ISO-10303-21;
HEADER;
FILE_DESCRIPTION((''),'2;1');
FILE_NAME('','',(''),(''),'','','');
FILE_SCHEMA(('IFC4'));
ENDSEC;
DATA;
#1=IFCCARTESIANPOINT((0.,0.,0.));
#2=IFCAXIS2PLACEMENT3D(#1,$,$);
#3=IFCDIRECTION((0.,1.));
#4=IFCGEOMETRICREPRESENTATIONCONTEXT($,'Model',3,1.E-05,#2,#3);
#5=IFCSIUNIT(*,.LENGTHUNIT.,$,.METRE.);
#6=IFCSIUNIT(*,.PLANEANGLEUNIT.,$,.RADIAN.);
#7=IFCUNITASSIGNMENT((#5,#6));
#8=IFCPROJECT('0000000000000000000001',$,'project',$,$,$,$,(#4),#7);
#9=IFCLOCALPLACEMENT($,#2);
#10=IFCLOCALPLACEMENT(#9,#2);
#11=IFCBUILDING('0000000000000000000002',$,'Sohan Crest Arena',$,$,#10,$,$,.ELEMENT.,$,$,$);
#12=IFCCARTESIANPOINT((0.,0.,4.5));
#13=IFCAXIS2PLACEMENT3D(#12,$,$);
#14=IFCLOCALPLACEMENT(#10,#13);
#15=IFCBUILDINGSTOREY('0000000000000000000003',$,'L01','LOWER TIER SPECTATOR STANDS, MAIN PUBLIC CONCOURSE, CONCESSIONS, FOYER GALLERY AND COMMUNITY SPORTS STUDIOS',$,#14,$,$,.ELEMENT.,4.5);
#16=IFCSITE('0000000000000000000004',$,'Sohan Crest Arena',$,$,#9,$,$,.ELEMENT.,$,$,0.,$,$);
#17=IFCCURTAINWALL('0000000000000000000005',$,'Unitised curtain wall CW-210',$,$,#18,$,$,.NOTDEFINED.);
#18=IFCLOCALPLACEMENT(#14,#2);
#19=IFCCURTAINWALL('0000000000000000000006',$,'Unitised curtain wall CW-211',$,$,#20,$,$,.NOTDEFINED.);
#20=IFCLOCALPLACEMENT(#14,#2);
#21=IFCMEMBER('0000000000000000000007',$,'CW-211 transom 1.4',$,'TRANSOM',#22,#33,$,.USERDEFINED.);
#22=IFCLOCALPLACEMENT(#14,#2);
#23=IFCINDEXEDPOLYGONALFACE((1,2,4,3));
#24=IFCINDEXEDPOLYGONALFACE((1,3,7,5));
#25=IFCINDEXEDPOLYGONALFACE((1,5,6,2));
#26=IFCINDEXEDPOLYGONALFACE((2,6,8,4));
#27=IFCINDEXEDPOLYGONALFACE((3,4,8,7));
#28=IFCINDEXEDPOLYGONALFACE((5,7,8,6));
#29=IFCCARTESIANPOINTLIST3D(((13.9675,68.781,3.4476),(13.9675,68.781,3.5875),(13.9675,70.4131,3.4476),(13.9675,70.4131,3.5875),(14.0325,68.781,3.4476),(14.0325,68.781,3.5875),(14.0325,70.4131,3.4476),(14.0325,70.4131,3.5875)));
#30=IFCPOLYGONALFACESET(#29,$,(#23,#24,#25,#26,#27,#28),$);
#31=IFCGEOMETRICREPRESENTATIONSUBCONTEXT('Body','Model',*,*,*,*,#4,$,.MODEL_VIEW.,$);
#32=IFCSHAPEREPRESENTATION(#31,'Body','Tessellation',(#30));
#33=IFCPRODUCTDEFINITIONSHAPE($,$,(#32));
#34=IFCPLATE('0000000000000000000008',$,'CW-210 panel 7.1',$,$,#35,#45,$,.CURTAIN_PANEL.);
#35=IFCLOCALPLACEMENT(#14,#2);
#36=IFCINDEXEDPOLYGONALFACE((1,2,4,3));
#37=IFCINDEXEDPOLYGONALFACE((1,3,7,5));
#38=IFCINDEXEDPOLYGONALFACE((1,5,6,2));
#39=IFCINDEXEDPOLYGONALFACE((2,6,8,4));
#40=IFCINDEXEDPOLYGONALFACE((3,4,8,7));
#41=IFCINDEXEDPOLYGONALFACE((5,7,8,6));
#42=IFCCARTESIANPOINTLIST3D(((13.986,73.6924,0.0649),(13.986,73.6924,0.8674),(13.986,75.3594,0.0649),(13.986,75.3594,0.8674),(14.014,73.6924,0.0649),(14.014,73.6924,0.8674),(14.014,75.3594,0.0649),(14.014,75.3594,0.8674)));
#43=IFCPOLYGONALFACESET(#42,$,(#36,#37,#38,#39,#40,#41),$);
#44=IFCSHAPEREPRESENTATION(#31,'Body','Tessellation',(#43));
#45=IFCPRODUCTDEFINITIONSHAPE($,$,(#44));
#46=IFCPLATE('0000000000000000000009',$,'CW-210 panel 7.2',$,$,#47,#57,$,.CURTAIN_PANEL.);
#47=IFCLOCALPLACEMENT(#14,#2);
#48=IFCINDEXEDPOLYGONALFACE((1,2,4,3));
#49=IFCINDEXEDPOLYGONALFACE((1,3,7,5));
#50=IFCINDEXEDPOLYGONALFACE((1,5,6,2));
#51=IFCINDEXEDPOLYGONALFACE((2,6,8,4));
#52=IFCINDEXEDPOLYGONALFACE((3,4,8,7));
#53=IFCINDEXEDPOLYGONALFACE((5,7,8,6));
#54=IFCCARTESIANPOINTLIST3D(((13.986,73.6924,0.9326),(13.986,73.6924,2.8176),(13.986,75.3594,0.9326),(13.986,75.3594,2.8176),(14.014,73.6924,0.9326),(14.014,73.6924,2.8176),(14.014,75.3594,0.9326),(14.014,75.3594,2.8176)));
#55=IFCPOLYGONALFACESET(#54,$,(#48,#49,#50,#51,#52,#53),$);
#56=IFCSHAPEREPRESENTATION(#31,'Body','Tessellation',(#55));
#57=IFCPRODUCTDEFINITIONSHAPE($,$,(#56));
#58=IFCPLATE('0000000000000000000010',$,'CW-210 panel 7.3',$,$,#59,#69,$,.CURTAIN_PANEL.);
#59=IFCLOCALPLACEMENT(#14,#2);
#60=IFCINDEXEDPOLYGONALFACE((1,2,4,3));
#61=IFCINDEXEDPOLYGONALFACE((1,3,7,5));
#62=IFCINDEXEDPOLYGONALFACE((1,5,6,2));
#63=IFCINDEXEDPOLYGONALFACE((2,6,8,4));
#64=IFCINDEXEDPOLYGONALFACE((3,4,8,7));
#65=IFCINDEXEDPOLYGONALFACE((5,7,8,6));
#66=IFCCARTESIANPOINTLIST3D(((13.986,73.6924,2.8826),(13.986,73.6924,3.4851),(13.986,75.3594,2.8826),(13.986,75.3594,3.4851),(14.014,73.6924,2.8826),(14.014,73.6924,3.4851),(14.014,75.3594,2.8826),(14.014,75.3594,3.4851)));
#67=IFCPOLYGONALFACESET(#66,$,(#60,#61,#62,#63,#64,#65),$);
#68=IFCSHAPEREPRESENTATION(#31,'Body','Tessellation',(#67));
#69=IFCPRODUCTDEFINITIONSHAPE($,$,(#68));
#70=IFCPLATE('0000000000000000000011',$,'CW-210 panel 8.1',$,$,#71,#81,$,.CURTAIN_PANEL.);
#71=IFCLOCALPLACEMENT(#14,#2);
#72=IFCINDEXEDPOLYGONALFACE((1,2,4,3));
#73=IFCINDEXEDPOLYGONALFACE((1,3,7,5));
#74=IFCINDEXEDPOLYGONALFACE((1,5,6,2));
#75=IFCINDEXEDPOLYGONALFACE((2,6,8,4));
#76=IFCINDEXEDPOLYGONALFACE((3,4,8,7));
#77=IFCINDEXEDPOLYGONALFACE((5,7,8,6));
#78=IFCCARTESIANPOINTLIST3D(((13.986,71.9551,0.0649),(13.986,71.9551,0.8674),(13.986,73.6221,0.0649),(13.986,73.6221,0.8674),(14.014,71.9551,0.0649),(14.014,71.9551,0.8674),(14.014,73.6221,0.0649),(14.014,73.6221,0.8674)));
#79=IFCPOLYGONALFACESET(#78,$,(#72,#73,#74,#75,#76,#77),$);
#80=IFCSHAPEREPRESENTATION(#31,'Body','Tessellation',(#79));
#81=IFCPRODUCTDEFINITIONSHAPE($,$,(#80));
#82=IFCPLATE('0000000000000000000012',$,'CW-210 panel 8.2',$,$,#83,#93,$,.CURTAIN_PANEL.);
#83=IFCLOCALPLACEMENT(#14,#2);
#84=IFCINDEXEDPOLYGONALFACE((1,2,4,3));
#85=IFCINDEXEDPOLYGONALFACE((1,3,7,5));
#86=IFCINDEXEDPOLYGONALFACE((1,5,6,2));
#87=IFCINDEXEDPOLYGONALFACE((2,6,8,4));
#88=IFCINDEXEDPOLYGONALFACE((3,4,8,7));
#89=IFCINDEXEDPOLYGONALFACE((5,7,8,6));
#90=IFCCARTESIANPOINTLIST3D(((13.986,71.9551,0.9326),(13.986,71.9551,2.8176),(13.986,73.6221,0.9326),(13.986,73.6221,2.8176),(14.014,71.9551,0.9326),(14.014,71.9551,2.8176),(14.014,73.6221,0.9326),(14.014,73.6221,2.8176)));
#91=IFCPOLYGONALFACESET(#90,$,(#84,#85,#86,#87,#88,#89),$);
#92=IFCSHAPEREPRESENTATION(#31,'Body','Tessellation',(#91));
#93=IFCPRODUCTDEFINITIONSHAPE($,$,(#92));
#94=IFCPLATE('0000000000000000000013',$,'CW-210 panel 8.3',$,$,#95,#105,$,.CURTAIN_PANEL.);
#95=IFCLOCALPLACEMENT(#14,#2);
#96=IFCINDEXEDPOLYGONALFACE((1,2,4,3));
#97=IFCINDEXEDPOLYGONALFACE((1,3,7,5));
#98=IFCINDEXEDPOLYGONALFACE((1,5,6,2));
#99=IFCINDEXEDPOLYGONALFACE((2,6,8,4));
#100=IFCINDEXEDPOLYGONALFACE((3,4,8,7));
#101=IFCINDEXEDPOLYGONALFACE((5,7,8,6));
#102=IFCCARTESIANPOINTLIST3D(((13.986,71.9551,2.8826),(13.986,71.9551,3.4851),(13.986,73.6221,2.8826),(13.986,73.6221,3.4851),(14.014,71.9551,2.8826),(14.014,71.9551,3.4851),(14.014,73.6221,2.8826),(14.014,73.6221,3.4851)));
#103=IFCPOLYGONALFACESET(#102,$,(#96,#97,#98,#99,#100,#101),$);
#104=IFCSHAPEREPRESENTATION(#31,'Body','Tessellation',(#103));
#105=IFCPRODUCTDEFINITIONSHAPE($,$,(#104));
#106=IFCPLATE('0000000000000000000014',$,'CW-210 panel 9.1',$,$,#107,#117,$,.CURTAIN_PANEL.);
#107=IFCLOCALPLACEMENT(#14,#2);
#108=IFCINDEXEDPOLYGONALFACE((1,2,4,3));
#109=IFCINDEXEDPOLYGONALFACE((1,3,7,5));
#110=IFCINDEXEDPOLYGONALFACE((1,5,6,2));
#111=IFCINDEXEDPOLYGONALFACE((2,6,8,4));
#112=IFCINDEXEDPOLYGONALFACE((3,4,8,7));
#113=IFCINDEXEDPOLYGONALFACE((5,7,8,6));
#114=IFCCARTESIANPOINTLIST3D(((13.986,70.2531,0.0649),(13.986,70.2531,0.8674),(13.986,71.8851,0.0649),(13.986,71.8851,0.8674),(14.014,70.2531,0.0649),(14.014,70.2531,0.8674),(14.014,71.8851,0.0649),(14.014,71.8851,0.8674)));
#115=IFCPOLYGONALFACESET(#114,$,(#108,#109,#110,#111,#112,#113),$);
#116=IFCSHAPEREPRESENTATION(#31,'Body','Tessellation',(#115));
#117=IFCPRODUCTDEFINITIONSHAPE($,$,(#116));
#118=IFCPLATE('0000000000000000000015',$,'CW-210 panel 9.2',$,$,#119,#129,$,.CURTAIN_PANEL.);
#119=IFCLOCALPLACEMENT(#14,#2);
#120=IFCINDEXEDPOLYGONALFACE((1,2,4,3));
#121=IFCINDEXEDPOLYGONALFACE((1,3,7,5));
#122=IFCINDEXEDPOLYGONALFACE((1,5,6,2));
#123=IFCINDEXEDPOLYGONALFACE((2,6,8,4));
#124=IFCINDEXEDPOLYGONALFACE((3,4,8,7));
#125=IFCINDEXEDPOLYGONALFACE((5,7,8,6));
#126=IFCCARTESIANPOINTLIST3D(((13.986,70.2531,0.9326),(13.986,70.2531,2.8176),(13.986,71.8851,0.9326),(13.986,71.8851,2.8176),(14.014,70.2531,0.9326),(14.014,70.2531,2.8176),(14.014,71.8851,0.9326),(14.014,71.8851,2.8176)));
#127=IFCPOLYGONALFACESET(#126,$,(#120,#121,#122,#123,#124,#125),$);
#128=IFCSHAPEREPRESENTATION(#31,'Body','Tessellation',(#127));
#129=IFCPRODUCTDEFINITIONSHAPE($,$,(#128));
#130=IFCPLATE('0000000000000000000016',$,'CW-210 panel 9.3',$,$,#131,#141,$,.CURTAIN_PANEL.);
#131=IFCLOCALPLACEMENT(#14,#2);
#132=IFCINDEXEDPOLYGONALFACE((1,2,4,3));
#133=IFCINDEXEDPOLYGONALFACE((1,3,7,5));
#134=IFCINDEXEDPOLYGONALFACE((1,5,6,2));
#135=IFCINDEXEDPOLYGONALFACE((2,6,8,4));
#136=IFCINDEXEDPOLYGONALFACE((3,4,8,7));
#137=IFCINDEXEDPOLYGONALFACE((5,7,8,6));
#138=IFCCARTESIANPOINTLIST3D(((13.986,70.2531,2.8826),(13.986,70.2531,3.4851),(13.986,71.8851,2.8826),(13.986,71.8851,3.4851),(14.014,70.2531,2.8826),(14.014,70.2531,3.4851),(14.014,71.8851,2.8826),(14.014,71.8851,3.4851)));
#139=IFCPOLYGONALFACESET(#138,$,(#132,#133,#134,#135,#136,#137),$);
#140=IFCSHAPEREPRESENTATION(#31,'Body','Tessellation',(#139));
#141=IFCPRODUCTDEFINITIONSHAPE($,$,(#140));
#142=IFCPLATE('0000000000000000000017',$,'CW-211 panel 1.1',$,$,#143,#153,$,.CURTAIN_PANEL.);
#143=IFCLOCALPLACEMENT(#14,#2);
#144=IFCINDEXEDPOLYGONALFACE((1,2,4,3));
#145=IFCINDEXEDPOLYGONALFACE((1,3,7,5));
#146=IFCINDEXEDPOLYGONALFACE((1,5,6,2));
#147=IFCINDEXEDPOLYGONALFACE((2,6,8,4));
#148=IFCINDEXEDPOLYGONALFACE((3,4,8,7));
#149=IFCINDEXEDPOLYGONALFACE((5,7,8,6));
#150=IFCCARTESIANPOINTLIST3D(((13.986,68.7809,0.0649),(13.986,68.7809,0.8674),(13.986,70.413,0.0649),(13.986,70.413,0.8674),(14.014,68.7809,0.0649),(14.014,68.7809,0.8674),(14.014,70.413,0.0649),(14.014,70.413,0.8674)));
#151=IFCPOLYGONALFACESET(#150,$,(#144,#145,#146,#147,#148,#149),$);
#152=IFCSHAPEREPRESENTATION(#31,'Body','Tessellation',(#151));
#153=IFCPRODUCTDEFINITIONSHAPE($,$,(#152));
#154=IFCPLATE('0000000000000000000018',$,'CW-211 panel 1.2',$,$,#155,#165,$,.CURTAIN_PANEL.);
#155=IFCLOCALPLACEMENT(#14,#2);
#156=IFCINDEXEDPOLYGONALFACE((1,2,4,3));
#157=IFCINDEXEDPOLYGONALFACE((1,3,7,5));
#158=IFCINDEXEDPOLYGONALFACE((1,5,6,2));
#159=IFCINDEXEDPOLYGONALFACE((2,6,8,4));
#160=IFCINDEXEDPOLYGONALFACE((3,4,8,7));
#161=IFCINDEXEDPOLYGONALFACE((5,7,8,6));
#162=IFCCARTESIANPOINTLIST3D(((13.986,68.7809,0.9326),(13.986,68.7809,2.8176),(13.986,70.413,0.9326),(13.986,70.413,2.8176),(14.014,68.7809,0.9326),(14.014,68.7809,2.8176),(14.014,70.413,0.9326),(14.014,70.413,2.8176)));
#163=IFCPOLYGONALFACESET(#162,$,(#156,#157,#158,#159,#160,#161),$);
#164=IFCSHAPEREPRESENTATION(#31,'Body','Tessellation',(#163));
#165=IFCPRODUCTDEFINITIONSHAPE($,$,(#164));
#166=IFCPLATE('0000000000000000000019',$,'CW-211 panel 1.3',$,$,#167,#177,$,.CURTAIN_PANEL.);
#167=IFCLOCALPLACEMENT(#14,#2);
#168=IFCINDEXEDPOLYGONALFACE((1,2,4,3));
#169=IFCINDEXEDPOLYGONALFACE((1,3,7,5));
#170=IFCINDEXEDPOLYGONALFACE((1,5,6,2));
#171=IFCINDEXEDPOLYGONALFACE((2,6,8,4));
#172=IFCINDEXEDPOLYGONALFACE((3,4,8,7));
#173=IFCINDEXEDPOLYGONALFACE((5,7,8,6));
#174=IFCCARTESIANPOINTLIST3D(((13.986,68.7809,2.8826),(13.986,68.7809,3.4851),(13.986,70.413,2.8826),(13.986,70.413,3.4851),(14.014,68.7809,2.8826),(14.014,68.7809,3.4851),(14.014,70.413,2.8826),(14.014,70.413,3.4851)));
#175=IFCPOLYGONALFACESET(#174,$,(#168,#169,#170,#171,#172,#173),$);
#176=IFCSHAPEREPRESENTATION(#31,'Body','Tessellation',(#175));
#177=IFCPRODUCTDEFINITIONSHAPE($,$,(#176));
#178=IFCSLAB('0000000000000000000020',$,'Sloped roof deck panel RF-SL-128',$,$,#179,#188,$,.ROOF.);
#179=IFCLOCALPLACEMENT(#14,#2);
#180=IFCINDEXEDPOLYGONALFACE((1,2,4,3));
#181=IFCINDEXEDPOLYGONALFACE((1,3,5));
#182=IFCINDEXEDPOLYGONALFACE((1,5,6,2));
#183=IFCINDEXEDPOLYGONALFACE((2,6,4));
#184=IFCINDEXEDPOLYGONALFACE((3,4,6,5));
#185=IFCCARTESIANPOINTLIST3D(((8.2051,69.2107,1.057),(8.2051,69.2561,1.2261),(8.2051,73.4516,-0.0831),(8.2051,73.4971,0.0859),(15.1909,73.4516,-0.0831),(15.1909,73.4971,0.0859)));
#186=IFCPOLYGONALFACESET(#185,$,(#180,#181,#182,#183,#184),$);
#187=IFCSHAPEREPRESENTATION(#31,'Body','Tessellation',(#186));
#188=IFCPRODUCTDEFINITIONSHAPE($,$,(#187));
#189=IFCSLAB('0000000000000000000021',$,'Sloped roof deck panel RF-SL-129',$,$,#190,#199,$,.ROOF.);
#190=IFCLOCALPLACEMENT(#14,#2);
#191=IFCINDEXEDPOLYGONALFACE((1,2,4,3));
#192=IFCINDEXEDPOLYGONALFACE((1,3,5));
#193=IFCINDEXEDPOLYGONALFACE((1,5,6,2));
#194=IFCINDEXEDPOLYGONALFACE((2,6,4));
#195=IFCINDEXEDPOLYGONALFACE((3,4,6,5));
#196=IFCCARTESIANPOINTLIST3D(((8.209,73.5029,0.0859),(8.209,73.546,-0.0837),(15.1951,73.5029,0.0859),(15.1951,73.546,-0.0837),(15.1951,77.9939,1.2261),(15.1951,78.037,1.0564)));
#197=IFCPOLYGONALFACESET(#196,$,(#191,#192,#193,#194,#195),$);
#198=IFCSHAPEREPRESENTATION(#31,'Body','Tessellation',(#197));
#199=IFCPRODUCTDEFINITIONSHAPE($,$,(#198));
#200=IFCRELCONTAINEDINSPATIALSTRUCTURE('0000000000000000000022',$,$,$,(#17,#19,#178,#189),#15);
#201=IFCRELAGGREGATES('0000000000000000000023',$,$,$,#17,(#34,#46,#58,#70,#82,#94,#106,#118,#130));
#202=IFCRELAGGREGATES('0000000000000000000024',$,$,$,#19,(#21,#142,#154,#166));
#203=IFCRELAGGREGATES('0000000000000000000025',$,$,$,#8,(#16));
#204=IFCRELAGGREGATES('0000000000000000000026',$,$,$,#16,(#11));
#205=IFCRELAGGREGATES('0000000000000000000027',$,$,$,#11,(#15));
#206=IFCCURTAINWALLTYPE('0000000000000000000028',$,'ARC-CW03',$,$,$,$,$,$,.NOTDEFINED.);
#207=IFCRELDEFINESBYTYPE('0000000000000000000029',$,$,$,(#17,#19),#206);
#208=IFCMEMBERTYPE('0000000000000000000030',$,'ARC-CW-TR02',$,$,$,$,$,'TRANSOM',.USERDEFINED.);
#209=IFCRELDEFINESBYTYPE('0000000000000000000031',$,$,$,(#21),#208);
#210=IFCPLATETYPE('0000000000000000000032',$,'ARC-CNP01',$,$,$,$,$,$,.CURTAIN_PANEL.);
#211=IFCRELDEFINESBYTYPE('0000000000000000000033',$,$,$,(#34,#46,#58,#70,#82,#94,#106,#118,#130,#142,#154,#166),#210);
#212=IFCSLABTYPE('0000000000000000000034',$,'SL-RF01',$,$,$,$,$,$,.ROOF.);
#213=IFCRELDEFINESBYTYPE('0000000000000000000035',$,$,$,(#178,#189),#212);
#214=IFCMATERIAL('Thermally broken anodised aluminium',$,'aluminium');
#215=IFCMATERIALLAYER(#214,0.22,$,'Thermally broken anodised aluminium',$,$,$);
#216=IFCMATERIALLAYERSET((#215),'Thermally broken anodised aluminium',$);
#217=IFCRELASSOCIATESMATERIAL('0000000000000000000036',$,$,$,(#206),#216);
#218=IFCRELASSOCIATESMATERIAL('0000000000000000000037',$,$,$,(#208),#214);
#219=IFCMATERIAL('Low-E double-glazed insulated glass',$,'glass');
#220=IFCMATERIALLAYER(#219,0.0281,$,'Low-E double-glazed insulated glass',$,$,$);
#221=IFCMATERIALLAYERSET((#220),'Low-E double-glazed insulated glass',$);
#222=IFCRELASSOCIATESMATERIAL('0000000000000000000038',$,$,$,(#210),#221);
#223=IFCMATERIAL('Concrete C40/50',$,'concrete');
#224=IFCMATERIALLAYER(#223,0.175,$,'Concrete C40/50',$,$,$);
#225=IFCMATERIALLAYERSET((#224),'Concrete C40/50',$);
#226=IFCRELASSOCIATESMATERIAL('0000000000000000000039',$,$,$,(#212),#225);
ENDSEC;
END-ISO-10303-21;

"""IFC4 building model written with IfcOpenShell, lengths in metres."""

from ifc_helpers import new_model, si_unit, direction, frame, origin, origin_2d, place, context, subcontext, project, spatial, polyline, rectangle, outline, extrude, material, layer, layer_set, material_profile, profile_set, type_object, element, aggregate, save


model = new_model("IFC4")

# Units and contexts
model_context = context("Model", 3, precision=1e-05, world=origin(), true_north=direction((0.0, 1.0)))
body_context = subcontext(model_context, "Body", "Model", "MODEL_VIEW")
ifc_project = project(units=[si_unit("LENGTHUNIT", "METRE"), si_unit("PLANEANGLEUNIT", "RADIAN")], contexts=[model_context])

# Site, building, storey
site_placement = place(None, origin())
site = spatial("IfcSite", under=ifc_project, at=site_placement, Name="Sohan Crest Arena", CompositionType="ELEMENT", RefElevation=0.0)
building_placement = place(site_placement, origin())
building = spatial("IfcBuilding", under=site, at=building_placement, Name="Sohan Crest Arena", CompositionType="ELEMENT")
storey_placement = place(building_placement, frame((0.0, 0.0, 4.5)))
storey = spatial("IfcBuildingStorey", under=building, at=storey_placement, Name="L01", Description="LOWER TIER SPECTATOR STANDS, MAIN PUBLIC CONCOURSE, CONCESSIONS, FOYER GALLERY AND COMMUNITY SPORTS STUDIOS", CompositionType="ELEMENT", Elevation=4.5)

# Curtain wall
ifc_material_1 = material(Name="Thermally broken anodised aluminium", Category="aluminium")
ifc_layer_1 = layer(ifc_material_1, 0.22, Name="Thermally broken anodised aluminium")
ifc_layer_set_1 = layer_set([ifc_layer_1], Name="Thermally broken anodised aluminium")
curtain_wall_type = type_object("IfcCurtainWallType", Name="ARC-CW03", PredefinedType="NOTDEFINED", material=ifc_layer_set_1)
curtain_wall_1_placement = place(storey_placement, origin())
curtain_wall_1 = element("IfcCurtainWall", 1, at=curtain_wall_1_placement, inside=storey, type_object=curtain_wall_type, Name="Unitised curtain wall CW-210", PredefinedType="NOTDEFINED")

# Curtain wall
curtain_wall_2_placement = place(storey_placement, origin())
curtain_wall_2 = element("IfcCurtainWall", 2, at=curtain_wall_2_placement, inside=storey, type_object=curtain_wall_type, Name="Unitised curtain wall CW-211", PredefinedType="NOTDEFINED")

# Member
ifc_material_profile_1 = material_profile(ifc_material_1, rectangle(XDim=0.0649, YDim=0.1399, at=origin_2d()), Name="ALU-TRAN 65x140")
ifc_profile_set_1 = profile_set([ifc_material_profile_1], Name="Thermally broken anodised aluminium")
member_type_1 = type_object("IfcMemberType", Name="ARC-CW-TR02", ElementType="TRANSOM", PredefinedType="USERDEFINED", material=ifc_profile_set_1)
member_1_placement = place(storey_placement, frame((14.0, 70.4131, 3.5176), z_axis=(0.0, -1.0, 0.0), x_axis=(1.0, 0.0, 0.0)))
member_1 = element("IfcMember", 3, at=member_1_placement, type_object=member_type_1, Name="CW-211 transom 1.4", ObjectType="TRANSOM", PredefinedType="USERDEFINED", context=body_context, shape_type="SweptSolid", body=[
    extrude(rectangle(XDim=0.0649, YDim=0.1399, at=origin_2d()), origin(), (0.0, 0.0, 1.0), 1.6321),
])

# Plates
ifc_material_2 = material(Name="Low-E double-glazed insulated glass", Category="glass")
ifc_layer_2 = layer(ifc_material_2, 0.0281, Name="Low-E double-glazed insulated glass")
ifc_layer_set_2 = layer_set([ifc_layer_2], Name="Low-E double-glazed insulated glass")
plate_type = type_object("IfcPlateType", Name="ARC-CNP01", PredefinedType="CURTAIN_PANEL", material=ifc_layer_set_2)
plate_1_placement = place(storey_placement, frame((14.0, 74.5259, 0.0649), z_axis=(0.0, 0.0, 1.0), x_axis=(0.0, -1.0, 0.0)))
plate_1 = element("IfcPlate", 4, at=plate_1_placement, type_object=plate_type, Name="CW-210 panel 7.1", PredefinedType="CURTAIN_PANEL", context=body_context, shape_type="SweptSolid", body=[
    extrude(rectangle(XDim=1.667, YDim=0.0281, at=origin_2d()), origin(), (0.0, 0.0, 1.0), 0.8025),
])
plate_2_placement = place(storey_placement, frame((14.0, 74.5259, 0.9326), z_axis=(0.0, 0.0, 1.0), x_axis=(0.0, -1.0, 0.0)))
plate_2 = element("IfcPlate", 5, at=plate_2_placement, type_object=plate_type, Name="CW-210 panel 7.2", PredefinedType="CURTAIN_PANEL", context=body_context, shape_type="SweptSolid", body=[
    extrude(rectangle(XDim=1.667, YDim=0.0281, at=origin_2d()), origin(), (0.0, 0.0, 1.0), 1.885),
])
plate_3_placement = place(storey_placement, frame((14.0, 74.5259, 2.8826), z_axis=(0.0, 0.0, 1.0), x_axis=(0.0, -1.0, 0.0)))
plate_3 = element("IfcPlate", 6, at=plate_3_placement, type_object=plate_type, Name="CW-210 panel 7.3", PredefinedType="CURTAIN_PANEL", context=body_context, shape_type="SweptSolid", body=[
    extrude(rectangle(XDim=1.667, YDim=0.0281, at=origin_2d()), origin(), (0.0, 0.0, 1.0), 0.6025),
])
plate_4_placement = place(storey_placement, frame((14.0, 72.7886, 0.0649), z_axis=(0.0, 0.0, 1.0), x_axis=(0.0, -1.0, 0.0)))
plate_4 = element("IfcPlate", 7, at=plate_4_placement, type_object=plate_type, Name="CW-210 panel 8.1", PredefinedType="CURTAIN_PANEL", context=body_context, shape_type="SweptSolid", body=[
    extrude(rectangle(XDim=1.667, YDim=0.0281, at=origin_2d()), origin(), (0.0, 0.0, 1.0), 0.8025),
])
plate_5_placement = place(storey_placement, frame((14.0, 72.7886, 0.9326), z_axis=(0.0, 0.0, 1.0), x_axis=(0.0, -1.0, 0.0)))
plate_5 = element("IfcPlate", 8, at=plate_5_placement, type_object=plate_type, Name="CW-210 panel 8.2", PredefinedType="CURTAIN_PANEL", context=body_context, shape_type="SweptSolid", body=[
    extrude(rectangle(XDim=1.667, YDim=0.0281, at=origin_2d()), origin(), (0.0, 0.0, 1.0), 1.885),
])
plate_6_placement = place(storey_placement, frame((14.0, 72.7886, 2.8826), z_axis=(0.0, 0.0, 1.0), x_axis=(0.0, -1.0, 0.0)))
plate_6 = element("IfcPlate", 9, at=plate_6_placement, type_object=plate_type, Name="CW-210 panel 8.3", PredefinedType="CURTAIN_PANEL", context=body_context, shape_type="SweptSolid", body=[
    extrude(rectangle(XDim=1.667, YDim=0.0281, at=origin_2d()), origin(), (0.0, 0.0, 1.0), 0.6025),
])
plate_7_placement = place(storey_placement, frame((14.0, 71.0691, 0.0649), z_axis=(0.0, 0.0, 1.0), x_axis=(0.0, -1.0, 0.0)))
plate_7 = element("IfcPlate", 10, at=plate_7_placement, type_object=plate_type, Name="CW-210 panel 9.1", PredefinedType="CURTAIN_PANEL", context=body_context, shape_type="SweptSolid", body=[
    extrude(rectangle(XDim=1.6321, YDim=0.0281, at=origin_2d()), origin(), (0.0, 0.0, 1.0), 0.8025),
])
plate_8_placement = place(storey_placement, frame((14.0, 71.0691, 0.9326), z_axis=(0.0, 0.0, 1.0), x_axis=(0.0, -1.0, 0.0)))
plate_8 = element("IfcPlate", 11, at=plate_8_placement, type_object=plate_type, Name="CW-210 panel 9.2", PredefinedType="CURTAIN_PANEL", context=body_context, shape_type="SweptSolid", body=[
    extrude(rectangle(XDim=1.6321, YDim=0.0281, at=origin_2d()), origin(), (0.0, 0.0, 1.0), 1.885),
])
plate_9_placement = place(storey_placement, frame((14.0, 71.0691, 2.8826), z_axis=(0.0, 0.0, 1.0), x_axis=(0.0, -1.0, 0.0)))
plate_9 = element("IfcPlate", 12, at=plate_9_placement, type_object=plate_type, Name="CW-210 panel 9.3", PredefinedType="CURTAIN_PANEL", context=body_context, shape_type="SweptSolid", body=[
    extrude(rectangle(XDim=1.6321, YDim=0.0281, at=origin_2d()), origin(), (0.0, 0.0, 1.0), 0.6025),
])
aggregate(curtain_wall_1, [plate_1, plate_2, plate_3, plate_4, plate_5, plate_6, plate_7, plate_8, plate_9])
plate_10_placement = place(storey_placement, frame((14.0, 69.5969, 0.0649), z_axis=(0.0, 0.0, 1.0), x_axis=(0.0, -1.0, 0.0)))
plate_10 = element("IfcPlate", 13, at=plate_10_placement, type_object=plate_type, Name="CW-211 panel 1.1", PredefinedType="CURTAIN_PANEL", context=body_context, shape_type="SweptSolid", body=[
    extrude(rectangle(XDim=1.6321, YDim=0.0281, at=origin_2d()), origin(), (0.0, 0.0, 1.0), 0.8025),
])
plate_11_placement = place(storey_placement, frame((14.0, 69.5969, 0.9326), z_axis=(0.0, 0.0, 1.0), x_axis=(0.0, -1.0, 0.0)))
plate_11 = element("IfcPlate", 14, at=plate_11_placement, type_object=plate_type, Name="CW-211 panel 1.2", PredefinedType="CURTAIN_PANEL", context=body_context, shape_type="SweptSolid", body=[
    extrude(rectangle(XDim=1.6321, YDim=0.0281, at=origin_2d()), origin(), (0.0, 0.0, 1.0), 1.885),
])
plate_12_placement = place(storey_placement, frame((14.0, 69.5969, 2.8826), z_axis=(0.0, 0.0, 1.0), x_axis=(0.0, -1.0, 0.0)))
plate_12 = element("IfcPlate", 15, at=plate_12_placement, type_object=plate_type, Name="CW-211 panel 1.3", PredefinedType="CURTAIN_PANEL", context=body_context, shape_type="SweptSolid", body=[
    extrude(rectangle(XDim=1.6321, YDim=0.0281, at=origin_2d()), origin(), (0.0, 0.0, 1.0), 0.6025),
])
aggregate(curtain_wall_2, [member_1, plate_10, plate_11, plate_12])

# Slabs
ifc_material_3 = material(Name="Concrete C40/50", Category="concrete")
ifc_layer_3 = layer(ifc_material_3, 0.175, Name="Concrete C40/50")
ifc_layer_set_3 = layer_set([ifc_layer_3], Name="Concrete C40/50")
slab_type = type_object("IfcSlabType", Name="SL-RF01", PredefinedType="ROOF", material=ifc_layer_set_3)
slab_1_placement = place(storey_placement, frame((8.2051, 69.2561, 1.2261), z_axis=(0.0, 0.259621, 0.965711), x_axis=(0.846612, 0.513962, -0.138173)))
element("IfcSlab", 16, at=slab_1_placement, inside=storey, type_object=slab_type, Name="Sloped roof deck panel RF-SL-128", PredefinedType="ROOF", context=body_context, shape_type="SweptSolid", body=[
    extrude(outline(polyline([(0.0, 0.0), (8.2515, 0.0), (2.3372, 3.7179), (0.0, 0.0)])), origin(), (0.0, 0.0, -1.0), 0.175),
])
slab_2_placement = place(storey_placement, frame((8.209, 73.5029, 0.0859), z_axis=(0.0, -0.246067, 0.969253), x_axis=(1.0, 0.0, 0.0)))
element("IfcSlab", 17, at=slab_2_placement, inside=storey, type_object=slab_type, Name="Sloped roof deck panel RF-SL-129", PredefinedType="ROOF", context=body_context, shape_type="SweptSolid", body=[
    extrude(outline(polyline([(0.0, 0.0), (6.9861, 0.0), (6.9861, 4.6334), (0.0, 0.0)])), origin(), (0.0, 0.0, -1.0), 0.175),
])

save(model, "model.ifc")
